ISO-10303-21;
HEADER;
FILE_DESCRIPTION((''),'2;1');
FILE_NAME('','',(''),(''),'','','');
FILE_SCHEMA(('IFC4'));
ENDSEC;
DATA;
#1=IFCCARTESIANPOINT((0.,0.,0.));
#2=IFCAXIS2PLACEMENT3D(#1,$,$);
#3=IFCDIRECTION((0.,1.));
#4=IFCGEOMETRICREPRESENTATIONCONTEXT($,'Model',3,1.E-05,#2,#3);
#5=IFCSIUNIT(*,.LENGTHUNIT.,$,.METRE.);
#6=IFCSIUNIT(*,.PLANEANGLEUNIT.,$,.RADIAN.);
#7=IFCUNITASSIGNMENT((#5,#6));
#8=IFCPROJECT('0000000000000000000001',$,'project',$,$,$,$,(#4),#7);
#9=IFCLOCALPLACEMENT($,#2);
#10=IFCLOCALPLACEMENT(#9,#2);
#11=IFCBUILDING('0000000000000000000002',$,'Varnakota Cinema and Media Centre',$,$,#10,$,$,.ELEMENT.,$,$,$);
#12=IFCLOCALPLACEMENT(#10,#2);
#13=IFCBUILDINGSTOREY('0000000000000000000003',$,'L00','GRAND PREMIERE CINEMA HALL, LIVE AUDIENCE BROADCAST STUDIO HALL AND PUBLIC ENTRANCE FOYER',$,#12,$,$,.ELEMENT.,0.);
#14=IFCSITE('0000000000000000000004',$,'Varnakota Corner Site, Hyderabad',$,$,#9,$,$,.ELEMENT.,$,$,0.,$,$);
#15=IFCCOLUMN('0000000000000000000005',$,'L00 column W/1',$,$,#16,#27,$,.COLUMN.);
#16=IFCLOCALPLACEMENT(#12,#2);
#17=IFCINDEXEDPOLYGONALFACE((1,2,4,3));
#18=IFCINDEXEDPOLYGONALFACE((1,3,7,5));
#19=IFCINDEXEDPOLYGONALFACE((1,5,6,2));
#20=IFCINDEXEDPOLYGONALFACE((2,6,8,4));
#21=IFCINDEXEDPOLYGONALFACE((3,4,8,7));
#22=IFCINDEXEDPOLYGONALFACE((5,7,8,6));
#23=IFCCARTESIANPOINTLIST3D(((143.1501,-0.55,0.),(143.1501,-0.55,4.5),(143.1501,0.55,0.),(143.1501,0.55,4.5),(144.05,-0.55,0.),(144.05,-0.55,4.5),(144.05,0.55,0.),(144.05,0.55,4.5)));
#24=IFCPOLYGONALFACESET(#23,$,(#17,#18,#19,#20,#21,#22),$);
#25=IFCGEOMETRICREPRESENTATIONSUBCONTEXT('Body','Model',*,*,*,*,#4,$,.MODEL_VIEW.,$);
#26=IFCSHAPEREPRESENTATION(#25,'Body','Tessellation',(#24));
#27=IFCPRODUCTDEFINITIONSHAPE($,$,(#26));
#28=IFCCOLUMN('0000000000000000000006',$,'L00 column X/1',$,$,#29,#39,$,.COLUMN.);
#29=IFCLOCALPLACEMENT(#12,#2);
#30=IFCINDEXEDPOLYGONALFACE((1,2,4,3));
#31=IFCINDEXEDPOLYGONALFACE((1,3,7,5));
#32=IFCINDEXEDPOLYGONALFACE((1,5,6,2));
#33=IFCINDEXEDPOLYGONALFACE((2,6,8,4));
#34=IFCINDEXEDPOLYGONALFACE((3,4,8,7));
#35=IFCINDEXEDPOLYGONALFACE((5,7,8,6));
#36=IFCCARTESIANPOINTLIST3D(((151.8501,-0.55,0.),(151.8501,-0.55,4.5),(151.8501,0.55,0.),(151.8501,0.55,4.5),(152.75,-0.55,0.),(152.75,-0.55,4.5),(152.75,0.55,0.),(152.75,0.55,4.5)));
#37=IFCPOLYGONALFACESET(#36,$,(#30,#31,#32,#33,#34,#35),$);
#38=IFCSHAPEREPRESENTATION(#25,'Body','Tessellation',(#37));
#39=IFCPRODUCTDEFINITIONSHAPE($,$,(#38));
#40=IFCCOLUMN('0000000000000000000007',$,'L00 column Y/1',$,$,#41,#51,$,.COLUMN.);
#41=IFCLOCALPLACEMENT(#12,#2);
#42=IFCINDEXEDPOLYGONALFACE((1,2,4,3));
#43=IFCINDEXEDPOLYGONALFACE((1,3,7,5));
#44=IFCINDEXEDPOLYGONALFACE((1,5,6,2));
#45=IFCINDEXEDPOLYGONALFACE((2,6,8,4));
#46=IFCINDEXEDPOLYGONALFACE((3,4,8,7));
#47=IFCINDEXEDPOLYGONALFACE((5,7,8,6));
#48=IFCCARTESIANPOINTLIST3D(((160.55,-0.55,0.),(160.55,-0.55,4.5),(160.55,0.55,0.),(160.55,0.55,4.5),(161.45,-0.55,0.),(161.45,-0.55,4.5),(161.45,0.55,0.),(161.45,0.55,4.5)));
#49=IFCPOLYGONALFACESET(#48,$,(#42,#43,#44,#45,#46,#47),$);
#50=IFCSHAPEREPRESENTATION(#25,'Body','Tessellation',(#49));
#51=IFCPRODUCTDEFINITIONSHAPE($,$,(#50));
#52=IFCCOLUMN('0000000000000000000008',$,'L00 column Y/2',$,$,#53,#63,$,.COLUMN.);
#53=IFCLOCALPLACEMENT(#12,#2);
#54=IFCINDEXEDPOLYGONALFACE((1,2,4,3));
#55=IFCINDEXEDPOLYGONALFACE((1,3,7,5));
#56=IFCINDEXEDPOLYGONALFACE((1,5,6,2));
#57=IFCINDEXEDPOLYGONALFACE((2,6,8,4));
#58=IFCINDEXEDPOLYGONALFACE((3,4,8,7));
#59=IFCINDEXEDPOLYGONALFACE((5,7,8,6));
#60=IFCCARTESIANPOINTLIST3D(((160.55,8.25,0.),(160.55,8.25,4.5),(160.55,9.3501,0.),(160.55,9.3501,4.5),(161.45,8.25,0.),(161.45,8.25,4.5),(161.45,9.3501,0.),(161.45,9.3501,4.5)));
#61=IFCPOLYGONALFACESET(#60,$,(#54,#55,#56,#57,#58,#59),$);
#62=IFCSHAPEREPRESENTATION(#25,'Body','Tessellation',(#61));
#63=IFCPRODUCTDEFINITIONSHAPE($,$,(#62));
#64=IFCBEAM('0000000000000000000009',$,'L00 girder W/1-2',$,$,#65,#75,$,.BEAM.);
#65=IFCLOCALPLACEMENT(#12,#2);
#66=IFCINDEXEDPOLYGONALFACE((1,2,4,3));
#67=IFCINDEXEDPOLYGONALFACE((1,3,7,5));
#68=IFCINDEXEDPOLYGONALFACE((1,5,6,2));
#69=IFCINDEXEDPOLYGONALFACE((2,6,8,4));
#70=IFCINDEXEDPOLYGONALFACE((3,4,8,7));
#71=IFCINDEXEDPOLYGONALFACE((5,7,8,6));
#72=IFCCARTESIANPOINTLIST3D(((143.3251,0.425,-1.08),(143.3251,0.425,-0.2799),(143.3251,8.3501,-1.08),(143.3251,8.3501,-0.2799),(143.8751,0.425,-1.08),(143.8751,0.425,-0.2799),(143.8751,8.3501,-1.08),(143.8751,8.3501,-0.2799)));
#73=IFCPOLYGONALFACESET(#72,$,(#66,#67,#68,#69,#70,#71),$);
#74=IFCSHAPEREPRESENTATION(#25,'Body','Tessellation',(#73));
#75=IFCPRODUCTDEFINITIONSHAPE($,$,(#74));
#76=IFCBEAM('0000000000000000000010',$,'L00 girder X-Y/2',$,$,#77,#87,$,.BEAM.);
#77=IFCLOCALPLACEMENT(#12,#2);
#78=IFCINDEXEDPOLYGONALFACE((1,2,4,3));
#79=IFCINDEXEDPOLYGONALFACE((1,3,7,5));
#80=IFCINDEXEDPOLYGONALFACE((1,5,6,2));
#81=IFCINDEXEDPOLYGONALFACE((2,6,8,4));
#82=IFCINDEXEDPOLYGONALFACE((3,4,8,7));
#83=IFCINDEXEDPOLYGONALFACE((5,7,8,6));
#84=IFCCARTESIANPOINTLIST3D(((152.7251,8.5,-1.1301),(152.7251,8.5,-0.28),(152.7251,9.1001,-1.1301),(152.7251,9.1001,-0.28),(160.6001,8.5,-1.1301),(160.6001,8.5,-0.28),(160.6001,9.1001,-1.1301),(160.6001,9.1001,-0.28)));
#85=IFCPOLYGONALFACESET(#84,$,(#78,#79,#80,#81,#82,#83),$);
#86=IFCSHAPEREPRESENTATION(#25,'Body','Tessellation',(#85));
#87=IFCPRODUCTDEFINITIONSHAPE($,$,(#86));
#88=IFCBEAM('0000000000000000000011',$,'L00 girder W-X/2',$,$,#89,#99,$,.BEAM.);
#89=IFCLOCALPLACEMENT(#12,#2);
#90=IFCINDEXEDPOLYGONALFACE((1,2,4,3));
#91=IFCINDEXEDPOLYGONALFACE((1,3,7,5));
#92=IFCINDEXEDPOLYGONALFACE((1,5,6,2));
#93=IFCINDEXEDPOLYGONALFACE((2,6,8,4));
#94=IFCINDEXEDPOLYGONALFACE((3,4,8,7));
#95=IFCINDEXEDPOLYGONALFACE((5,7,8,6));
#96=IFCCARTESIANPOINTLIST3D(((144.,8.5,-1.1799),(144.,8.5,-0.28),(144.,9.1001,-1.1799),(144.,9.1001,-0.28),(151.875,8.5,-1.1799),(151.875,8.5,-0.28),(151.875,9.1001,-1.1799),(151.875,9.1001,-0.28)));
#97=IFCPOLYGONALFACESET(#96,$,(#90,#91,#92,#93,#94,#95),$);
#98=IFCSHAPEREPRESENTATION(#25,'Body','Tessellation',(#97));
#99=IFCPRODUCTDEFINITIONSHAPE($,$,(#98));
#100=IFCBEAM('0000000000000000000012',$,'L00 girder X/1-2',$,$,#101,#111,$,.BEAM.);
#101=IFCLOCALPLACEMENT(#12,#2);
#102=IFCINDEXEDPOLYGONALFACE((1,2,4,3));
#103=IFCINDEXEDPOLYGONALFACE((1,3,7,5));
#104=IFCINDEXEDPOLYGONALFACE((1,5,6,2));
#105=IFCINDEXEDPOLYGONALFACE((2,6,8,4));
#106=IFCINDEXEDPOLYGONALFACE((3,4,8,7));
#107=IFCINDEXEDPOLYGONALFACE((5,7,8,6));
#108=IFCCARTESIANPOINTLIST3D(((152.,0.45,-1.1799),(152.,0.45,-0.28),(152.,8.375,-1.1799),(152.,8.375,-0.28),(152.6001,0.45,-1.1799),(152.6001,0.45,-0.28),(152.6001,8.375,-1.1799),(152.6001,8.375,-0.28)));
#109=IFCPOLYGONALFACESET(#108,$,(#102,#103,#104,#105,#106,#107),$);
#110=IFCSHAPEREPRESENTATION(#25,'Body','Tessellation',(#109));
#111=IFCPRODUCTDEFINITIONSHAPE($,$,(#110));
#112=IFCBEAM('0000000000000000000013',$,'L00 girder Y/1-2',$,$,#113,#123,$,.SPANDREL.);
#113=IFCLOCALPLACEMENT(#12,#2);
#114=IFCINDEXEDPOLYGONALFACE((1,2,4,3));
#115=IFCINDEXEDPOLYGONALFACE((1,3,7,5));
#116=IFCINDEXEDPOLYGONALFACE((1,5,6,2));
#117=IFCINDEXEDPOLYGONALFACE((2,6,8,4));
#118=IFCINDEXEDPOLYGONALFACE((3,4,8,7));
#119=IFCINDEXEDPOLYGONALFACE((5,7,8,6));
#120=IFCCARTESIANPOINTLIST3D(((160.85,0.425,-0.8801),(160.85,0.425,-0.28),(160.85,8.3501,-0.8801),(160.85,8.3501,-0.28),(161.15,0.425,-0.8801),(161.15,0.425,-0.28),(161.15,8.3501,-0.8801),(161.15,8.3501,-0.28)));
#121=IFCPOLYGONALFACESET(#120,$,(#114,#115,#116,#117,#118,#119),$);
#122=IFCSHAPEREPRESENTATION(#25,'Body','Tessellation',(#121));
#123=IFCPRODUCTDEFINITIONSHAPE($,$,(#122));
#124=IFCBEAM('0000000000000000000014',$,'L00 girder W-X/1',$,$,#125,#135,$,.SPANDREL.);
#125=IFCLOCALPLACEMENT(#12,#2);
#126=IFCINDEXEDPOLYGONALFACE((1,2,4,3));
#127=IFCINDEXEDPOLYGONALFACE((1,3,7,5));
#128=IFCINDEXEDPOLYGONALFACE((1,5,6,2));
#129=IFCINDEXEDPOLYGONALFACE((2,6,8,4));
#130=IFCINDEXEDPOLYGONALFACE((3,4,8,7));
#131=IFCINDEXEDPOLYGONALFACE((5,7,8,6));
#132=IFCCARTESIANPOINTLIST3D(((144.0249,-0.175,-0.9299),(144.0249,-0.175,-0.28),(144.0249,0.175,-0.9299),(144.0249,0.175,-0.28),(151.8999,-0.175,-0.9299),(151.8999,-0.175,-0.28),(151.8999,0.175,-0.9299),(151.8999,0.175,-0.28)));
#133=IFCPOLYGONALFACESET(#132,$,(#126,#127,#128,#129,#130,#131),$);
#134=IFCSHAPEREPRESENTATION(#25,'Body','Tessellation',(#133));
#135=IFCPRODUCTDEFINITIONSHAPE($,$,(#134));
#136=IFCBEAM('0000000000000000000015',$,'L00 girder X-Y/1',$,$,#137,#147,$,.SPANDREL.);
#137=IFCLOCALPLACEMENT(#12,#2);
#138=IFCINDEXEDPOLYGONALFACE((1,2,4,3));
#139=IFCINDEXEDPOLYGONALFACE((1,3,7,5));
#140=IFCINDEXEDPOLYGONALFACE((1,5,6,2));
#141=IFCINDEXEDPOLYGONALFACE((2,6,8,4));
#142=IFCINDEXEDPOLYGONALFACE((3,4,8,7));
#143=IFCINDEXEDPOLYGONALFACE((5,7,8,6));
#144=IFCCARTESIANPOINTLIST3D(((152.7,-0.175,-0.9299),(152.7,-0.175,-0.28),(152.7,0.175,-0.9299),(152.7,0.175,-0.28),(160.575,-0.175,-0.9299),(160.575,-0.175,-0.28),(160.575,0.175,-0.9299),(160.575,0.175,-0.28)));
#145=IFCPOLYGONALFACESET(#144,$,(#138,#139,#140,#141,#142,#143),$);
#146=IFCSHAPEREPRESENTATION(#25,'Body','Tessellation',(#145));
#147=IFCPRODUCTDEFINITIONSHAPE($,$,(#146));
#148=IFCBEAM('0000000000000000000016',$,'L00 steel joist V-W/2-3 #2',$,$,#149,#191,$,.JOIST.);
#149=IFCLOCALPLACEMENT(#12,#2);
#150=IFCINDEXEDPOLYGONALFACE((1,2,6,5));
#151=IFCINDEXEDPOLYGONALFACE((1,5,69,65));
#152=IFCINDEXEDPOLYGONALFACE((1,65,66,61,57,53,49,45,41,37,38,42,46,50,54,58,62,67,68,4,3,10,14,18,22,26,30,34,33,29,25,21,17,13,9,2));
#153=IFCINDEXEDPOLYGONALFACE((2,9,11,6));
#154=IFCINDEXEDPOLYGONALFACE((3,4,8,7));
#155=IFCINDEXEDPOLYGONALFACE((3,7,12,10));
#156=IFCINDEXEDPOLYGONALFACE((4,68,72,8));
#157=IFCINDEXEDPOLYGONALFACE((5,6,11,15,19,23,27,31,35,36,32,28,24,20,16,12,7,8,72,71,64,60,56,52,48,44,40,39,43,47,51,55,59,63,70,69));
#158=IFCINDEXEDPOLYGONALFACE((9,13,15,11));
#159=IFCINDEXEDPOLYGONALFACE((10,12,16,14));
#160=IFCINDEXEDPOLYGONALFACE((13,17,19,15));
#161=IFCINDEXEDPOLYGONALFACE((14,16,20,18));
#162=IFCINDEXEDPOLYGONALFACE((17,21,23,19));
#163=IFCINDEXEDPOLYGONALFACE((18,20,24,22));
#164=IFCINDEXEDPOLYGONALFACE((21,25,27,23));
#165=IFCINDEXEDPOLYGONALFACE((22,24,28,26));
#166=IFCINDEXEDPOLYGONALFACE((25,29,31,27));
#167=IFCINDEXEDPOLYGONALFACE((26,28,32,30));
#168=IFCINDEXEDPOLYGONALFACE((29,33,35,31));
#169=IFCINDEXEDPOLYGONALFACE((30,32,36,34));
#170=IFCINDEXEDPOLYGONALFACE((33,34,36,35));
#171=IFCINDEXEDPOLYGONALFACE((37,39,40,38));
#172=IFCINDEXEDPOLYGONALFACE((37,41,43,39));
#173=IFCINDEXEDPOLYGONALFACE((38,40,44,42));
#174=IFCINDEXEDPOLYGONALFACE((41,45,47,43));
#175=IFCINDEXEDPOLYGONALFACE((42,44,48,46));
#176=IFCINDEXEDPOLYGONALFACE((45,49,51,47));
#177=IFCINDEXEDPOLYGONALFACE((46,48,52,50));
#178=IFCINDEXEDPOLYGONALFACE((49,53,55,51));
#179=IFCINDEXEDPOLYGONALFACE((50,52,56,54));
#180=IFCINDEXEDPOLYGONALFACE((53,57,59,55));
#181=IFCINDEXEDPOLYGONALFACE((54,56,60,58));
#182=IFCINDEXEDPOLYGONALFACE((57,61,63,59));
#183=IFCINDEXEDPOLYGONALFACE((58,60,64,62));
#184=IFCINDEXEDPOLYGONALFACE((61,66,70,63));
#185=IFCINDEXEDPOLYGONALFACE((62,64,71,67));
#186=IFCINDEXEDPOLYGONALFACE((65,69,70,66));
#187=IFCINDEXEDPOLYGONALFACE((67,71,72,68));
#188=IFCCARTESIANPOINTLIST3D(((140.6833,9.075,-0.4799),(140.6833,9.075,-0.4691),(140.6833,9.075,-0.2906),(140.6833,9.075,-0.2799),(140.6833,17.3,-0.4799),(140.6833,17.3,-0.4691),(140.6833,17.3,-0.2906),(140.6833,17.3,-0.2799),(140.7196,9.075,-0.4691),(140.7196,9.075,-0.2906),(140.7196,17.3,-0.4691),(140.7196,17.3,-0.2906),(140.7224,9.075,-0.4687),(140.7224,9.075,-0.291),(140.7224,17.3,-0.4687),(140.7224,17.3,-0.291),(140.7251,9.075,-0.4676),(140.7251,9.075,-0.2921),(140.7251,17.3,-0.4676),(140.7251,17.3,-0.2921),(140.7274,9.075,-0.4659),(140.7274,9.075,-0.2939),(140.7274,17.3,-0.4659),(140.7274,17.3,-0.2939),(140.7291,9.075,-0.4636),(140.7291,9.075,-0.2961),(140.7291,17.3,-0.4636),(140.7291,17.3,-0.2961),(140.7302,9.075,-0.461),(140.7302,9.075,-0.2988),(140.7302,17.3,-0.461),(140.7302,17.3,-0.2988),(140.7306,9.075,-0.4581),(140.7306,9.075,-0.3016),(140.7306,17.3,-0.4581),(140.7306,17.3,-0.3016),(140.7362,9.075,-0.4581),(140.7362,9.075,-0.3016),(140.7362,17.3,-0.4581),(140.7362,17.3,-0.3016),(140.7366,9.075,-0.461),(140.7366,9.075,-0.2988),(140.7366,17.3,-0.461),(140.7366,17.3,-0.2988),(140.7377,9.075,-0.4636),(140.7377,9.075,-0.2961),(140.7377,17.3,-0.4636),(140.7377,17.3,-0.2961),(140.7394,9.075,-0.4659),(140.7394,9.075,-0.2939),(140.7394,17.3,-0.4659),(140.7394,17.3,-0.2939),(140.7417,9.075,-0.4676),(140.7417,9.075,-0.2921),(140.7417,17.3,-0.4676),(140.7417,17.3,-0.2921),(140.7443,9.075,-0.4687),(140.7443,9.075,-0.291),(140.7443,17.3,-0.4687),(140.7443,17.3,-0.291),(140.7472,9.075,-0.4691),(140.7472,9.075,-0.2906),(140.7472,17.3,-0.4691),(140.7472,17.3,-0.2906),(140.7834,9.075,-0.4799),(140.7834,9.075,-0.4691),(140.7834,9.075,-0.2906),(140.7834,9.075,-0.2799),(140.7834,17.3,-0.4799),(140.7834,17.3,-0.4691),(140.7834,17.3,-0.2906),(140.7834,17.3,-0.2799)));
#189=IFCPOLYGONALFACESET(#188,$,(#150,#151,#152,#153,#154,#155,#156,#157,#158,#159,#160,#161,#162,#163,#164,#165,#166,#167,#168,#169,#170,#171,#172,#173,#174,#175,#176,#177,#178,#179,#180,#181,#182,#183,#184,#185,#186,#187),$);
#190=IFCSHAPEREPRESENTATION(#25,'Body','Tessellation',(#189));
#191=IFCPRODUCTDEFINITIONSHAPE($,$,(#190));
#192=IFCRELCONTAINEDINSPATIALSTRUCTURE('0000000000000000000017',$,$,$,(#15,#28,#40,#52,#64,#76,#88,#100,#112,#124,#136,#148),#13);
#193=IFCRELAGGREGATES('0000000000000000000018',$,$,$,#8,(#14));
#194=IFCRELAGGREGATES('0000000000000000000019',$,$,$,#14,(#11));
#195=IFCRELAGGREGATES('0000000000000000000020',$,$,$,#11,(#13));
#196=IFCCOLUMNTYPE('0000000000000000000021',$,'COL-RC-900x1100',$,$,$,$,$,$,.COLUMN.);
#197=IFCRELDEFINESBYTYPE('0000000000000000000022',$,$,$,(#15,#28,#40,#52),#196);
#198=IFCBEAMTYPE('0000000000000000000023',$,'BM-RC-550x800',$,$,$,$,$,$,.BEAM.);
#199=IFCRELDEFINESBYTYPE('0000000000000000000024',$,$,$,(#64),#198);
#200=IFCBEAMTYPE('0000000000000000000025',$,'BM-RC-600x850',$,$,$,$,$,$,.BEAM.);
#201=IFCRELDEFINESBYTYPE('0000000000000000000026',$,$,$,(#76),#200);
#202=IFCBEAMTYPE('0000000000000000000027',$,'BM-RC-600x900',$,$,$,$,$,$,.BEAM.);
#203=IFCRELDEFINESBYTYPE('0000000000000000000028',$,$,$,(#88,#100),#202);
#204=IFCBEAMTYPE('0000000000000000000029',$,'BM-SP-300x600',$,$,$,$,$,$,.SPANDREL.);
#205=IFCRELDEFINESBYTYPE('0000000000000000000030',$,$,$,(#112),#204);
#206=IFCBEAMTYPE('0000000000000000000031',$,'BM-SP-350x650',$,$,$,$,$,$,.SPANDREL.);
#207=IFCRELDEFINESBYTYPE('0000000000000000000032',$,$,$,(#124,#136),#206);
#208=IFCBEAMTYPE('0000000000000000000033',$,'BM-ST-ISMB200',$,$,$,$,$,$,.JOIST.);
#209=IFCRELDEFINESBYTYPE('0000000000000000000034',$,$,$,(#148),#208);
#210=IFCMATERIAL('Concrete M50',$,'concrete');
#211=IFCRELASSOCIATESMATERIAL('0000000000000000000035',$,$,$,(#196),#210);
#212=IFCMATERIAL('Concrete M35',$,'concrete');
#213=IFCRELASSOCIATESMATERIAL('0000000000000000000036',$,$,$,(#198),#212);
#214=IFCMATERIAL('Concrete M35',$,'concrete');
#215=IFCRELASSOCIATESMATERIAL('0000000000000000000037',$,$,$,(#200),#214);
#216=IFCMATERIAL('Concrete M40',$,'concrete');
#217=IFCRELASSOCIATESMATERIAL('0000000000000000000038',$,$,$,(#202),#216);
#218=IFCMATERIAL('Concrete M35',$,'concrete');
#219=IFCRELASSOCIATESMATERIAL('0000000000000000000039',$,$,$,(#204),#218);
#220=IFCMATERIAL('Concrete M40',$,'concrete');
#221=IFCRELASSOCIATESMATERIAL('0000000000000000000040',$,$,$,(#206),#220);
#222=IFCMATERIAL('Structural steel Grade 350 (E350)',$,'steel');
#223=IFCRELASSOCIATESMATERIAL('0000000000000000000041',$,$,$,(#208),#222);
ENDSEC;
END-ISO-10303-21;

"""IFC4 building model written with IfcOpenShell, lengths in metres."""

from ifc_helpers import new_model, si_unit, direction, frame, origin, origin_2d, place, context, subcontext, project, spatial, rectangle, i_section, extrude, material, material_profile, profile_set, type_object, element, save


model = new_model("IFC4")

# Units and contexts
model_context = context("Model", 3, precision=1e-05, world=origin(), true_north=direction((0.0, 1.0)))
body_context = subcontext(model_context, "Body", "Model", "MODEL_VIEW")
ifc_project = project(units=[si_unit("LENGTHUNIT", "METRE"), si_unit("PLANEANGLEUNIT", "RADIAN")], contexts=[model_context])

# Site, building, storey
site_placement = place(None, origin())
site = spatial("IfcSite", under=ifc_project, at=site_placement, Name="Varnakota Corner Site, Hyderabad", CompositionType="ELEMENT", RefElevation=0.0)
building_placement = place(site_placement, origin())
building = spatial("IfcBuilding", under=site, at=building_placement, Name="Varnakota Cinema and Media Centre", CompositionType="ELEMENT")
storey_placement = place(building_placement, origin())
storey = spatial("IfcBuildingStorey", under=building, at=storey_placement, Name="L00", Description="GRAND PREMIERE CINEMA HALL, LIVE AUDIENCE BROADCAST STUDIO HALL AND PUBLIC ENTRANCE FOYER", CompositionType="ELEMENT", Elevation=0.0)

# Columns
ifc_material_1 = material(Name="Concrete M50", Category="concrete")
ifc_material_profile_1 = material_profile(ifc_material_1, rectangle(XDim=0.8999, YDim=1.1001, at=origin_2d()), Name="RC 900x1100")
ifc_profile_set_1 = profile_set([ifc_material_profile_1], Name="Concrete M50")
column_type = type_object("IfcColumnType", Name="COL-RC-900x1100", PredefinedType="COLUMN", material=ifc_profile_set_1)
for number, where, z_axis, x_axis, name in (
    (1, (143.6001, 0.0, 0.0), (0.0, 0.0, 1.0), (1.0, 0.0, 0.0), "L00 column W/1"),
    (2, (152.3, 0.0, 0.0), (0.0, 0.0, 1.0), (1.0, 0.0, 0.0), "L00 column X/1"),
    (3, (161.0, 0.0, 0.0), (0.0, 0.0, 1.0), (1.0, 0.0, 0.0), "L00 column Y/1"),
    (4, (161.0, 8.8, 0.0), (0.0, 0.0, 1.0), (1.0, 0.0, 0.0), "L00 column Y/2"),
):
    element("IfcColumn", number, at=place(storey_placement, frame(where, z_axis=z_axis, x_axis=x_axis)), inside=storey, type_object=column_type, Name=name, PredefinedType="COLUMN", context=body_context, shape_type="SweptSolid", body=[
        extrude(rectangle(XDim=0.8999, YDim=1.1001, at=origin_2d()), origin(), (0.0, 0.0, 1.0), 4.5),
    ])

# Beams
ifc_material_2 = material(Name="Concrete M35", Category="concrete")
ifc_material_profile_2 = material_profile(ifc_material_2, rectangle(XDim=0.55, YDim=0.8, at=origin_2d()), Name="RCB 550x800")
ifc_profile_set_2 = profile_set([ifc_material_profile_2], Name="Concrete M35")
beam_type_1 = type_object("IfcBeamType", Name="BM-RC-550x800", PredefinedType="BEAM", material=ifc_profile_set_2)
beam_1_placement = place(storey_placement, frame((143.6001, 0.425, -0.6799), z_axis=(0.0, 1.0, 0.0), x_axis=(-1.0, 0.0, 0.0)))
element("IfcBeam", 5, at=beam_1_placement, inside=storey, type_object=beam_type_1, Name="L00 girder W/1-2", PredefinedType="BEAM", context=body_context, shape_type="SweptSolid", body=[
    extrude(rectangle(XDim=0.55, YDim=0.8, at=origin_2d()), origin(), (0.0, 0.0, 1.0), 7.925),
])
ifc_material_3 = material(Name="Concrete M35", Category="concrete")
ifc_material_profile_3 = material_profile(ifc_material_3, rectangle(XDim=0.6001, YDim=0.8501, at=origin_2d()), Name="RCB 600x850")
ifc_profile_set_3 = profile_set([ifc_material_profile_3], Name="Concrete M35")
beam_type_2 = type_object("IfcBeamType", Name="BM-RC-600x850", PredefinedType="BEAM", material=ifc_profile_set_3)
beam_2_placement = place(storey_placement, frame((152.7251, 8.8, -0.7051), z_axis=(1.0, 0.0, 0.0), x_axis=(0.0, 1.0, 0.0)))
element("IfcBeam", 6, at=beam_2_placement, inside=storey, type_object=beam_type_2, Name="L00 girder X-Y/2", PredefinedType="BEAM", context=body_context, shape_type="SweptSolid", body=[
    extrude(rectangle(XDim=0.6001, YDim=0.8501, at=origin_2d()), origin(), (0.0, 0.0, 1.0), 7.875),
])
ifc_material_4 = material(Name="Concrete M40", Category="concrete")
ifc_material_profile_4 = material_profile(ifc_material_4, rectangle(XDim=0.6001, YDim=0.8999, at=origin_2d()), Name="RCB 600x900")
ifc_profile_set_4 = profile_set([ifc_material_profile_4], Name="Concrete M40")
beam_type_3 = type_object("IfcBeamType", Name="BM-RC-600x900", PredefinedType="BEAM", material=ifc_profile_set_4)
beam_3_placement = place(storey_placement, frame((144.0, 8.8, -0.73), z_axis=(1.0, 0.0, 0.0), x_axis=(0.0, 1.0, 0.0)))
element("IfcBeam", 7, at=beam_3_placement, inside=storey, type_object=beam_type_3, Name="L00 girder W-X/2", PredefinedType="BEAM", context=body_context, shape_type="SweptSolid", body=[
    extrude(rectangle(XDim=0.6001, YDim=0.8999, at=origin_2d()), origin(), (0.0, 0.0, 1.0), 7.875),
])
beam_4_placement = place(storey_placement, frame((152.3, 0.45, -0.73), z_axis=(0.0, 1.0, 0.0), x_axis=(-1.0, 0.0, 0.0)))
element("IfcBeam", 8, at=beam_4_placement, inside=storey, type_object=beam_type_3, Name="L00 girder X/1-2", PredefinedType="BEAM", context=body_context, shape_type="SweptSolid", body=[
    extrude(rectangle(XDim=0.6001, YDim=0.8999, at=origin_2d()), origin(), (0.0, 0.0, 1.0), 7.925),
])
ifc_material_5 = material(Name="Concrete M35", Category="concrete")
ifc_material_profile_5 = material_profile(ifc_material_5, rectangle(XDim=0.3, YDim=0.6001, at=origin_2d()), Name="RCB 300x600")
ifc_profile_set_5 = profile_set([ifc_material_profile_5], Name="Concrete M35")
beam_type_4 = type_object("IfcBeamType", Name="BM-SP-300x600", PredefinedType="SPANDREL", material=ifc_profile_set_5)
beam_5_placement = place(storey_placement, frame((161.0, 0.425, -0.5801), z_axis=(0.0, 1.0, 0.0), x_axis=(-1.0, 0.0, 0.0)))
element("IfcBeam", 9, at=beam_5_placement, inside=storey, type_object=beam_type_4, Name="L00 girder Y/1-2", PredefinedType="SPANDREL", context=body_context, shape_type="SweptSolid", body=[
    extrude(rectangle(XDim=0.3, YDim=0.6001, at=origin_2d()), origin(), (0.0, 0.0, 1.0), 7.925),
])
ifc_material_6 = material(Name="Concrete M40", Category="concrete")
ifc_material_profile_6 = material_profile(ifc_material_6, rectangle(XDim=0.3501, YDim=0.6499, at=origin_2d()), Name="RCB 350x650")
ifc_profile_set_6 = profile_set([ifc_material_profile_6], Name="Concrete M40")
beam_type_5 = type_object("IfcBeamType", Name="BM-SP-350x650", PredefinedType="SPANDREL", material=ifc_profile_set_6)
for number, where, z_axis, x_axis, name in (
    (10, (144.0249, 0.0, -0.605), (1.0, 0.0, 0.0), (0.0, 1.0, 0.0), "L00 girder W-X/1"),
    (11, (152.7, 0.0, -0.605), (1.0, 0.0, 0.0), (0.0, 1.0, 0.0), "L00 girder X-Y/1"),
):
    element("IfcBeam", number, at=place(storey_placement, frame(where, z_axis=z_axis, x_axis=x_axis)), inside=storey, type_object=beam_type_5, Name=name, PredefinedType="SPANDREL", context=body_context, shape_type="SweptSolid", body=[
        extrude(rectangle(XDim=0.3501, YDim=0.6499, at=origin_2d()), origin(), (0.0, 0.0, 1.0), 7.875),
    ])
ifc_material_7 = material(Name="Structural steel Grade 350 (E350)", Category="steel")
ifc_material_profile_7 = material_profile(ifc_material_7, i_section(OverallWidth=0.1001, OverallDepth=0.2, WebThickness=0.0056, FlangeThickness=0.0107, FilletRadius=0.011, at=origin_2d()), Name="ISMB 200")
ifc_profile_set_7 = profile_set([ifc_material_profile_7], Name="Structural steel Grade 350 (E350)")
beam_type_6 = type_object("IfcBeamType", Name="BM-ST-ISMB200", PredefinedType="JOIST", material=ifc_profile_set_7)
beam_6_placement = place(storey_placement, frame((140.7334, 9.075, -0.3799), z_axis=(0.0, 1.0, 0.0), x_axis=(-1.0, 0.0, 0.0)))
element("IfcBeam", 12, at=beam_6_placement, inside=storey, type_object=beam_type_6, Name="L00 steel joist V-W/2-3 #2", PredefinedType="JOIST", context=body_context, shape_type="SweptSolid", body=[
    extrude(i_section(OverallWidth=0.1001, OverallDepth=0.2, WebThickness=0.0056, FlangeThickness=0.0107, FilletRadius=0.011, at=origin_2d()), origin(), (0.0, 0.0, 1.0), 8.2251),
])

save(model, "model.ifc")
